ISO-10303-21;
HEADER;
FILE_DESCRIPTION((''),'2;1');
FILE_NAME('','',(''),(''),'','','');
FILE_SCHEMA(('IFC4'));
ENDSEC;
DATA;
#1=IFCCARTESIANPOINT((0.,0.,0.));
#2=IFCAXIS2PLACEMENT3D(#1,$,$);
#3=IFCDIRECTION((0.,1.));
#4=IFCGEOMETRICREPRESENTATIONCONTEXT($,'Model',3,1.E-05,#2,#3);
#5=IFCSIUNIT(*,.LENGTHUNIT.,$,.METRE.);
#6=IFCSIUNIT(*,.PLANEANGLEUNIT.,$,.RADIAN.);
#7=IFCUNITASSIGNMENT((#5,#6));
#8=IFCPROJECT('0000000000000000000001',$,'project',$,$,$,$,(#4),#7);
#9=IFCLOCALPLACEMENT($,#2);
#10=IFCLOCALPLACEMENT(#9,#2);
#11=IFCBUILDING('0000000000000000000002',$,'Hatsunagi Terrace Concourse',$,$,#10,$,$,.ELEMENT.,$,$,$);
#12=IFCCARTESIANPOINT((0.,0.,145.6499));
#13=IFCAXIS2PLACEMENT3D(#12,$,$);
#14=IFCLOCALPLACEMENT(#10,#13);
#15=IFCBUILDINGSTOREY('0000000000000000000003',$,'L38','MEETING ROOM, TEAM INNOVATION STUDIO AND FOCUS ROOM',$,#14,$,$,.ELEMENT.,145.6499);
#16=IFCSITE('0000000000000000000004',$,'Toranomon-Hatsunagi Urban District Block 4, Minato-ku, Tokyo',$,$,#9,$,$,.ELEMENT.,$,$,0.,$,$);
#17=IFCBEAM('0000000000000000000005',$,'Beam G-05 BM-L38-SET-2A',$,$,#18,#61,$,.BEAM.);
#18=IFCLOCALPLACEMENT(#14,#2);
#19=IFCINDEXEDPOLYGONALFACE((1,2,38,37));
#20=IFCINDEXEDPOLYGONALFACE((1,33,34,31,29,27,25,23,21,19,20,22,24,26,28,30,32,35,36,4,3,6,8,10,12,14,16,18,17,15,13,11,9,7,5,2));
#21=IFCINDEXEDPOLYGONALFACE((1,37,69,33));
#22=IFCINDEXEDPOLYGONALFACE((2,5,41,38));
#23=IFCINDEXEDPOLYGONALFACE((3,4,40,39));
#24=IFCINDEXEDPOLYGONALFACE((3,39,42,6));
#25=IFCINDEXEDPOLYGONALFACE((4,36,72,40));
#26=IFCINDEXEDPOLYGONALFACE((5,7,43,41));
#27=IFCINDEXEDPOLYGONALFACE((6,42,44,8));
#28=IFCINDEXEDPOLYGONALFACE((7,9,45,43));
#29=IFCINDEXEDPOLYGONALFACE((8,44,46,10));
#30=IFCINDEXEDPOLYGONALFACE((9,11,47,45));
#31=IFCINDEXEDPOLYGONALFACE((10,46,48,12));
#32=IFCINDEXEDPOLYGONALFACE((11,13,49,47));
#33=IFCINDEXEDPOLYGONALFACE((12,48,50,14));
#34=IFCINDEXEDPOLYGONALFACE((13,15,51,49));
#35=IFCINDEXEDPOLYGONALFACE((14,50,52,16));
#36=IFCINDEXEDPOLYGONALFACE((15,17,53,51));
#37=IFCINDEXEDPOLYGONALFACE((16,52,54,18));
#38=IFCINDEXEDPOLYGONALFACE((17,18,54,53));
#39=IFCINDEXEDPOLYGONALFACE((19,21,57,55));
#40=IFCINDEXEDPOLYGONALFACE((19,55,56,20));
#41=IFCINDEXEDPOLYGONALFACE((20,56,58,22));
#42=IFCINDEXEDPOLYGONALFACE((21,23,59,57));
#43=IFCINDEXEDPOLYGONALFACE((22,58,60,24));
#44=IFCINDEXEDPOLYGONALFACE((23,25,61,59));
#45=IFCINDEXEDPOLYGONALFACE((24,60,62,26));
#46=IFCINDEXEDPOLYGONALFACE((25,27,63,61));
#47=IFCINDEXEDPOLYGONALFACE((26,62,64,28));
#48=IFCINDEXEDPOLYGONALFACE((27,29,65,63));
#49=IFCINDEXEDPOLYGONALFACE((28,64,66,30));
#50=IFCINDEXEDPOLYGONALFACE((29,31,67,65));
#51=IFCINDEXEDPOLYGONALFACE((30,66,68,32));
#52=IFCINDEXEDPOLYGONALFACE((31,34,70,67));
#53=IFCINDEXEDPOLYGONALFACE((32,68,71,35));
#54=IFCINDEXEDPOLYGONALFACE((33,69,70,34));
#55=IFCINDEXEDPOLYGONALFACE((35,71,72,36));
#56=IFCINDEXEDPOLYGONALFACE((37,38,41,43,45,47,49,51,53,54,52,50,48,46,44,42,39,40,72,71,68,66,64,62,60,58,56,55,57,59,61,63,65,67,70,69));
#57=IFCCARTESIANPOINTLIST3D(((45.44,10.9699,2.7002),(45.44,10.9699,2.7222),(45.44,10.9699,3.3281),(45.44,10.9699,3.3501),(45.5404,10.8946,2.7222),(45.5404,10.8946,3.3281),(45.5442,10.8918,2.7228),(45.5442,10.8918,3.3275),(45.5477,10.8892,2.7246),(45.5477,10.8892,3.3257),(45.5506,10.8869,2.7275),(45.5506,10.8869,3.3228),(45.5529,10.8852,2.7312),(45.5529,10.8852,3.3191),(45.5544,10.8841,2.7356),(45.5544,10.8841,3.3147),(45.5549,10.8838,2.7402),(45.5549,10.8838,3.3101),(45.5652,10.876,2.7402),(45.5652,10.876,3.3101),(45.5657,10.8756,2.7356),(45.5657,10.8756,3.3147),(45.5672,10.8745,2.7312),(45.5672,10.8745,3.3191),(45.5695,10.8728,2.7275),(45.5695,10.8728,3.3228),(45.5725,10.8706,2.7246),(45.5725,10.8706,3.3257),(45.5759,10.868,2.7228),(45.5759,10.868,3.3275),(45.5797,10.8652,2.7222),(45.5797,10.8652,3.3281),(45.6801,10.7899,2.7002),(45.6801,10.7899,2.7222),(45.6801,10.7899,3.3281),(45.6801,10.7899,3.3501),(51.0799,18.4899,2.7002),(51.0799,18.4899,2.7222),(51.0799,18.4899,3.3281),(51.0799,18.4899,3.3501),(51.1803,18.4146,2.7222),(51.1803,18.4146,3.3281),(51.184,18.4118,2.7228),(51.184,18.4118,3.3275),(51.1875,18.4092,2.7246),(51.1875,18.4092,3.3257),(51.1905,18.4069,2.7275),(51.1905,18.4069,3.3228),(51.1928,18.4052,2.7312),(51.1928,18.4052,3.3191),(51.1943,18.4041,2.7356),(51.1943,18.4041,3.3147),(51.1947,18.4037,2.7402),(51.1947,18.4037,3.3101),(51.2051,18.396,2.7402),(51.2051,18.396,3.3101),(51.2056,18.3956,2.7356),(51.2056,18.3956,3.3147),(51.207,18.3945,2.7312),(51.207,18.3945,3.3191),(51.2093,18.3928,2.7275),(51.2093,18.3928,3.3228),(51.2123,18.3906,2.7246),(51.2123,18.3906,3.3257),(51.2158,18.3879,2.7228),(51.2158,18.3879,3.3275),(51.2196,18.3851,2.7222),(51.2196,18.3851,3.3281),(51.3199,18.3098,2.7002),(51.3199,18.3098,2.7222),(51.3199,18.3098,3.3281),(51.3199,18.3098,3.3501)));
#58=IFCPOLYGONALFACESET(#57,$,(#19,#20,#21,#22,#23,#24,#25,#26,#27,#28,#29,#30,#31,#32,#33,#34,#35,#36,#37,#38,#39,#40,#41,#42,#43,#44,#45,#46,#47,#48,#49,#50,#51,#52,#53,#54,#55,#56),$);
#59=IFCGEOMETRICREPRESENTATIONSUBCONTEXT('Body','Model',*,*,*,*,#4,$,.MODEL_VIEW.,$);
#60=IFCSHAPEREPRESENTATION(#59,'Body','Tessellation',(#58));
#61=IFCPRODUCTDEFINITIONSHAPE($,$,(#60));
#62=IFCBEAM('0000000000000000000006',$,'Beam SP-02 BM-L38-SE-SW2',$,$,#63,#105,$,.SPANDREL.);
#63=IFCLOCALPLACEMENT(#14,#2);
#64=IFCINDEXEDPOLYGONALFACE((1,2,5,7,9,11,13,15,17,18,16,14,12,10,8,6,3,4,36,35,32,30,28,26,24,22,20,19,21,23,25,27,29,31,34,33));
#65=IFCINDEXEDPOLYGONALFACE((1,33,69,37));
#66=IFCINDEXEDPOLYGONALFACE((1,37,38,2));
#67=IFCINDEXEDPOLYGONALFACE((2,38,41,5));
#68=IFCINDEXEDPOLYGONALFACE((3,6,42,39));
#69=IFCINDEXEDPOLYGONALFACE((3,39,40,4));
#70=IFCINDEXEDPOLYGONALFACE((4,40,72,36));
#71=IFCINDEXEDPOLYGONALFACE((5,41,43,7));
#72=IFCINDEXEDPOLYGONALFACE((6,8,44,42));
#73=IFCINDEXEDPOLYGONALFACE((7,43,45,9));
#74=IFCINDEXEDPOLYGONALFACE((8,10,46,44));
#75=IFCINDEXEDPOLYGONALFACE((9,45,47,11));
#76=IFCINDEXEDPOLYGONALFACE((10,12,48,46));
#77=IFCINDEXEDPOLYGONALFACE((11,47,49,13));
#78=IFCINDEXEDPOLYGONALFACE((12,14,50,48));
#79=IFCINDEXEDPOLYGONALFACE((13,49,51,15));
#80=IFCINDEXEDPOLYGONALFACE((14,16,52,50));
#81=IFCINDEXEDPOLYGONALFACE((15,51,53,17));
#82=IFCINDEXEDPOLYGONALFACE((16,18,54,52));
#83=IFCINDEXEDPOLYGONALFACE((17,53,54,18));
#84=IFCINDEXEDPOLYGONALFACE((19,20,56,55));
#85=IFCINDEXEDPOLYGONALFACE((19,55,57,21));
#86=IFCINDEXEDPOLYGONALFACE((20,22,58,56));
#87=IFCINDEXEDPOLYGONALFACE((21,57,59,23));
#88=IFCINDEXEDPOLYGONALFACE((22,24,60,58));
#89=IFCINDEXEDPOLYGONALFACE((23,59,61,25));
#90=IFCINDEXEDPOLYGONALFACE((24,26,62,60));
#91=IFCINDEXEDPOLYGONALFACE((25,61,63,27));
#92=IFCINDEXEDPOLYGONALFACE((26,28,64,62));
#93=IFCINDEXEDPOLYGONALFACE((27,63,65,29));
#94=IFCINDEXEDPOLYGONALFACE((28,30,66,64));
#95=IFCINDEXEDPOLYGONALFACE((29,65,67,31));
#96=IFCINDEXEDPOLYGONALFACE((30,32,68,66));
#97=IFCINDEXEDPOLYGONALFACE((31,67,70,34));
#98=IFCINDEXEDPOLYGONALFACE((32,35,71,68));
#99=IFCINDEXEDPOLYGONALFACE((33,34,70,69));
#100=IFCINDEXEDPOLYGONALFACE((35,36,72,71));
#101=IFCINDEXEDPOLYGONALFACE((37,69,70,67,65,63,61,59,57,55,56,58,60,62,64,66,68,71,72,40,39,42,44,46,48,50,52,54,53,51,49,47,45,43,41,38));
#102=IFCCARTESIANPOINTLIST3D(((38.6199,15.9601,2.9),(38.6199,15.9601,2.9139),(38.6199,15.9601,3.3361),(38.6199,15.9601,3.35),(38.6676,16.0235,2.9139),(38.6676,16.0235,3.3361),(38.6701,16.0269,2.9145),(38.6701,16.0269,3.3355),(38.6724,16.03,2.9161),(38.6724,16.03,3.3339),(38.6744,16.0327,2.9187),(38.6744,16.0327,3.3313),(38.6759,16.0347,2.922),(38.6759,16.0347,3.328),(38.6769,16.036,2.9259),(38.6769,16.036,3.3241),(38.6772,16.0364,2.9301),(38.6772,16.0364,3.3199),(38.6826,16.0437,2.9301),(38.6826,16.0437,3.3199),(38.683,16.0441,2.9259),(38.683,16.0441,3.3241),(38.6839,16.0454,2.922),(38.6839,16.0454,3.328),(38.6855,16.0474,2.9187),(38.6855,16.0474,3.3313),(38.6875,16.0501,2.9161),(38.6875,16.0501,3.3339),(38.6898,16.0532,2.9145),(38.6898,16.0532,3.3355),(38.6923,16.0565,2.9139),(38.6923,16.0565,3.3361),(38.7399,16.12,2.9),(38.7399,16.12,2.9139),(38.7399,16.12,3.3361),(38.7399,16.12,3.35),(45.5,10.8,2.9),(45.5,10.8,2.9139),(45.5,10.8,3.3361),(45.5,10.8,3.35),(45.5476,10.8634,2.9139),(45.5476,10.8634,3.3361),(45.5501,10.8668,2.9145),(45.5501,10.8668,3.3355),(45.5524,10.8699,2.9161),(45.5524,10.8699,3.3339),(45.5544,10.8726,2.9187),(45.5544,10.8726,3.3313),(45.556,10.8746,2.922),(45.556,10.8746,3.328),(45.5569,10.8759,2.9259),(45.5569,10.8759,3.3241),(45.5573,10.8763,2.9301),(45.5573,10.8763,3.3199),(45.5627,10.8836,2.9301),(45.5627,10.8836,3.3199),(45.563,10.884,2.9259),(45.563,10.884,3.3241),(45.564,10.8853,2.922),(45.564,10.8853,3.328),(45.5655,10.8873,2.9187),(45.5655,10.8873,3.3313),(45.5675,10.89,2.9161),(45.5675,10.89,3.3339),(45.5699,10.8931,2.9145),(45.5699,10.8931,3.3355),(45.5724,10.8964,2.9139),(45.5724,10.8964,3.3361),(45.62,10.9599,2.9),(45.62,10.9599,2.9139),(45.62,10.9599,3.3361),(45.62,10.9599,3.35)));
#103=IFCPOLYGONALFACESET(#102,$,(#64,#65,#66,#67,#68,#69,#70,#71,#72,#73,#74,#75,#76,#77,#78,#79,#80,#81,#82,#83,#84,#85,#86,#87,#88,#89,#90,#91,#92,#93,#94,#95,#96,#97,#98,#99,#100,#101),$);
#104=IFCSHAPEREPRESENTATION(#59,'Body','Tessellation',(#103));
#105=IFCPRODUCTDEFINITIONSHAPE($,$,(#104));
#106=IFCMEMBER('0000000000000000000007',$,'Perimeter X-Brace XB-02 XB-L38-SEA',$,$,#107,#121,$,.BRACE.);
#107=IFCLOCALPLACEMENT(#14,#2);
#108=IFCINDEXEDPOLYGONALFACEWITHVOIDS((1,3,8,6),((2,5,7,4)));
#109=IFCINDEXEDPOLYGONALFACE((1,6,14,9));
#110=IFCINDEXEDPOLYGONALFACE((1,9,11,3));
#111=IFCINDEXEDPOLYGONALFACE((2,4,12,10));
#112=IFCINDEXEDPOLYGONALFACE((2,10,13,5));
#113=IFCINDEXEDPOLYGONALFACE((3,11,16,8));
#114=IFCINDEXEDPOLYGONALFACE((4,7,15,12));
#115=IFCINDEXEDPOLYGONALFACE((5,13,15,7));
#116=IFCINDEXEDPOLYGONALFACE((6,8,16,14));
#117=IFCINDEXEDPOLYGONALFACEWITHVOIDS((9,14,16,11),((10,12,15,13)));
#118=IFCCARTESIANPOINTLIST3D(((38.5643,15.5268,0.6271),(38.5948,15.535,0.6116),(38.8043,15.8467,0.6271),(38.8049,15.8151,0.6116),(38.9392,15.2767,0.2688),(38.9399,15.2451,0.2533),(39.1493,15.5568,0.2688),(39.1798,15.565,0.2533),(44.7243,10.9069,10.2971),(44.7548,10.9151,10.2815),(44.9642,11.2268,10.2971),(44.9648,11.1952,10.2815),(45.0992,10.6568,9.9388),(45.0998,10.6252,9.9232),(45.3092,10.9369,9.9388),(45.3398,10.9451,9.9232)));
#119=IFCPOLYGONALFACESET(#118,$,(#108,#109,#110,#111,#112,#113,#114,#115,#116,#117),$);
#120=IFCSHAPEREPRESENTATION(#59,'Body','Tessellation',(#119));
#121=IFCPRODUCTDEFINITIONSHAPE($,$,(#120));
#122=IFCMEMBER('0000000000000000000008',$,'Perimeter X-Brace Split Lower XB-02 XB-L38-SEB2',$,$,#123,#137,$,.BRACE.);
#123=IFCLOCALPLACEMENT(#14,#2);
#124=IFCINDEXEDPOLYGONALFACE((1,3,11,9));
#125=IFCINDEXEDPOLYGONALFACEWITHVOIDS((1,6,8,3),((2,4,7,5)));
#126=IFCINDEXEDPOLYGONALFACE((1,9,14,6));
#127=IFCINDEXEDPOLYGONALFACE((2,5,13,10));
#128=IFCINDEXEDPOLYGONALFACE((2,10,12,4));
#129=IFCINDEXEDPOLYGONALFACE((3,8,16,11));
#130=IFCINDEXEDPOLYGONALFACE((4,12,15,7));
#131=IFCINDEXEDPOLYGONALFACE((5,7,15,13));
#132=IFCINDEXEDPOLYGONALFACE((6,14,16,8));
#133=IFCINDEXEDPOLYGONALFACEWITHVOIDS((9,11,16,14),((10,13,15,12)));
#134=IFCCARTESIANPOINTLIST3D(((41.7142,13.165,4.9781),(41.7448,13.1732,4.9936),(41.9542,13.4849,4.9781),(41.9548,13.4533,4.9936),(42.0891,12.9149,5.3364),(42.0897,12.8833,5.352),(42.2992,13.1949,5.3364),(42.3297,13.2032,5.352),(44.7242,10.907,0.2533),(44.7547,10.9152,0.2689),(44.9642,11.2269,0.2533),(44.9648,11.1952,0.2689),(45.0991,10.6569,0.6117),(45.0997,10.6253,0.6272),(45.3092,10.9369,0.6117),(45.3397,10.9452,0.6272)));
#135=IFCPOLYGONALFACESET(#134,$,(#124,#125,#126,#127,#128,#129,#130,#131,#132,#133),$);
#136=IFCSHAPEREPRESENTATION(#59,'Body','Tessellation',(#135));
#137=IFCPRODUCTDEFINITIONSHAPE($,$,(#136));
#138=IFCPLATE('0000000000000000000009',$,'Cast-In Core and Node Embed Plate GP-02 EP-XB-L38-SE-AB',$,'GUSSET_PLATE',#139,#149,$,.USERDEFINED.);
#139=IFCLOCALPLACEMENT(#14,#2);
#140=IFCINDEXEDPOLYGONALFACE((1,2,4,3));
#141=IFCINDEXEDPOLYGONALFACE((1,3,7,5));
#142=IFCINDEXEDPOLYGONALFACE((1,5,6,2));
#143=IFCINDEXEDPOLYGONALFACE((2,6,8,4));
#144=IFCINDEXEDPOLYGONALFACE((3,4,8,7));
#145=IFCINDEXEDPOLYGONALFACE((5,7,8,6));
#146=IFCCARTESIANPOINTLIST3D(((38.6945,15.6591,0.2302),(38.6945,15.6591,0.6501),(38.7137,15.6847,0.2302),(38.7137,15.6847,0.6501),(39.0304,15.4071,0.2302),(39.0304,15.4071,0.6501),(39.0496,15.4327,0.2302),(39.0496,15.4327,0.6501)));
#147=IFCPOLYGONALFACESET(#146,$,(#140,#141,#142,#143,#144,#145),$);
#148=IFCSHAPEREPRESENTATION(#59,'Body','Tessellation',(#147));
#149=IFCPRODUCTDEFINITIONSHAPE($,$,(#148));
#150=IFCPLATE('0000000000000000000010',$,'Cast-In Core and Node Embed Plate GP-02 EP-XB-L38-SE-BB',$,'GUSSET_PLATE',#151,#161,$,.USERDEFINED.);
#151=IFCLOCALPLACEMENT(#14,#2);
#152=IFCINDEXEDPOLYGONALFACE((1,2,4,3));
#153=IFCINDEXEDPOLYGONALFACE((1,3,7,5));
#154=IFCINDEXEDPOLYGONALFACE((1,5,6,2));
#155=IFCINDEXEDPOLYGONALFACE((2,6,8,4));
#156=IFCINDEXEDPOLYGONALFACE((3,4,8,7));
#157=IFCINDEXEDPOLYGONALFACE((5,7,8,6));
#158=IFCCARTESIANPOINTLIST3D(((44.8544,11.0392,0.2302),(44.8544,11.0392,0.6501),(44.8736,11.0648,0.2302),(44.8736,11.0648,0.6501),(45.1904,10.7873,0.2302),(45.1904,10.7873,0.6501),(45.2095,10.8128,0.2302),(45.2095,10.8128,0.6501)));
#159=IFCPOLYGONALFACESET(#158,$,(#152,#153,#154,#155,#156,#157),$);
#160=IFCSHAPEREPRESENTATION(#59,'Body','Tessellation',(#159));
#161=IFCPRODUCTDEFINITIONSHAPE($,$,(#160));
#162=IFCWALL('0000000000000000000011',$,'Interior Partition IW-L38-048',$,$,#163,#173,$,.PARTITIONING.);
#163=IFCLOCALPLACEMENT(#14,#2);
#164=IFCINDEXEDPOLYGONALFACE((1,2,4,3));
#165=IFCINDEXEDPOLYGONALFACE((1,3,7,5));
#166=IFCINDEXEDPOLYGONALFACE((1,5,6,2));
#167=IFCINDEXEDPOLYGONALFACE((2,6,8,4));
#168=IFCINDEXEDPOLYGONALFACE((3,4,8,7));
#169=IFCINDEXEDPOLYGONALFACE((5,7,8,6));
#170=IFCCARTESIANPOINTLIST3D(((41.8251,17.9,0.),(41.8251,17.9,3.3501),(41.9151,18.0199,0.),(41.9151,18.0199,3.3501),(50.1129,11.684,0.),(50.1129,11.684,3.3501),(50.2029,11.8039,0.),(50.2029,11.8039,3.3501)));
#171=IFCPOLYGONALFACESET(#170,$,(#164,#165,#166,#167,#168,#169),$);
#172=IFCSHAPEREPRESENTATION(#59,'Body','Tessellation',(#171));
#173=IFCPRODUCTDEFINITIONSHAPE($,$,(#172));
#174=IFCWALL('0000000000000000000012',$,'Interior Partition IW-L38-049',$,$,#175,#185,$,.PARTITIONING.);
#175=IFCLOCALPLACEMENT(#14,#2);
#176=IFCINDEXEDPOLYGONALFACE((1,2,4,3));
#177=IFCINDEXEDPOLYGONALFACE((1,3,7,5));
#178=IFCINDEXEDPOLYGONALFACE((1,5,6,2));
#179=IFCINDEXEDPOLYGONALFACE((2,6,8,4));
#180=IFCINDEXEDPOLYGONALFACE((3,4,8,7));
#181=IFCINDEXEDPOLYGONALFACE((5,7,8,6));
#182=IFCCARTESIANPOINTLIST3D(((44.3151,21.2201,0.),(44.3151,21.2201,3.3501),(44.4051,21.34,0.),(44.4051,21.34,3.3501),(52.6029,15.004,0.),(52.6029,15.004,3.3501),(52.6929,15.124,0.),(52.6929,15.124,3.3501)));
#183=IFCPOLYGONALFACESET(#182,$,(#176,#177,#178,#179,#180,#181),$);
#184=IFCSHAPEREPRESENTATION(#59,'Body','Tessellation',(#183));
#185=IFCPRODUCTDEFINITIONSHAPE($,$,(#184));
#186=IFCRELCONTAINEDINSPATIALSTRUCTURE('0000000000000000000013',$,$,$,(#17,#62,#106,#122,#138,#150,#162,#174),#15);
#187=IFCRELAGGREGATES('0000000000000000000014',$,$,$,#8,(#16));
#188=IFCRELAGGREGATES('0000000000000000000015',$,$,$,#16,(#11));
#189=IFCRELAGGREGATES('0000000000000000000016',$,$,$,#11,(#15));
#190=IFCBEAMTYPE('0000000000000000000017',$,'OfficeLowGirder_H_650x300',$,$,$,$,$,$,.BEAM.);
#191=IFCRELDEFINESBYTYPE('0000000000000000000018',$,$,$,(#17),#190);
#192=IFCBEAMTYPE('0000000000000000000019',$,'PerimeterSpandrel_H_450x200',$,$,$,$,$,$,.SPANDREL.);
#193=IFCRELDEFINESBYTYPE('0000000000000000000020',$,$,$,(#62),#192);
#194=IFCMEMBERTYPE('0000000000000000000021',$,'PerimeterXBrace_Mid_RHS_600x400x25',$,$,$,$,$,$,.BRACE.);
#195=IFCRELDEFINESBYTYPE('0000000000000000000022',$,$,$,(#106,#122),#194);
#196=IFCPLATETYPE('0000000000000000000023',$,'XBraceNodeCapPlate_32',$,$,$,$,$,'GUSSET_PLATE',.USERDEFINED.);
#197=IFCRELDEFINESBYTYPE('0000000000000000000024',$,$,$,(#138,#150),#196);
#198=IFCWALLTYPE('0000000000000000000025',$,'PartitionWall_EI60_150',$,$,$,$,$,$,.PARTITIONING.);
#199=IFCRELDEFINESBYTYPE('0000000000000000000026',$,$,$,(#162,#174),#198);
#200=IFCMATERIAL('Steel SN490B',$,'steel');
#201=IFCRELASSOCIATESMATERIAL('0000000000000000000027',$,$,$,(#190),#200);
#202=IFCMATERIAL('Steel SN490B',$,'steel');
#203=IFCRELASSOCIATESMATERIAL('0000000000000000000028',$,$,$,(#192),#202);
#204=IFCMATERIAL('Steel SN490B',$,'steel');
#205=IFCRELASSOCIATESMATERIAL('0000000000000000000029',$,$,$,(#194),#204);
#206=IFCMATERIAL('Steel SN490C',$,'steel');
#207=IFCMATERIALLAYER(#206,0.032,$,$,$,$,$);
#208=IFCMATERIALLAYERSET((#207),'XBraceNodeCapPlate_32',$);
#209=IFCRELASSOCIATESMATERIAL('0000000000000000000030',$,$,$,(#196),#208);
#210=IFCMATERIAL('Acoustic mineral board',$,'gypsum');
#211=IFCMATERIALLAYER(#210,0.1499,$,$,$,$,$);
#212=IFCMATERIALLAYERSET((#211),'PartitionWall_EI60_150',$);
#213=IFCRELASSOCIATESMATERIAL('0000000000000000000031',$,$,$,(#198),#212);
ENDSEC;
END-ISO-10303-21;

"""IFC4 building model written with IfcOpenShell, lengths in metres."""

from ifc_helpers import new_model, si_unit, direction, frame, frame_2d, origin, origin_2d, place, context, subcontext, project, spatial, rectangle, hollow_rectangle, i_section, extrude, material, layer, layer_set, material_profile, profile_set, type_object, element, save


model = new_model("IFC4")

# Units and contexts
model_context = context("Model", 3, precision=1e-05, world=origin(), true_north=direction((0.0, 1.0)))
body_context = subcontext(model_context, "Body", "Model", "MODEL_VIEW")
ifc_project = project(units=[si_unit("LENGTHUNIT", "METRE"), si_unit("PLANEANGLEUNIT", "RADIAN")], contexts=[model_context])

# Site, building, storey
site_placement = place(None, origin())
site = spatial("IfcSite", under=ifc_project, at=site_placement, Name="Toranomon-Hatsunagi Urban District Block 4, Minato-ku, Tokyo", CompositionType="ELEMENT", RefElevation=0.0)
building_placement = place(site_placement, origin())
building = spatial("IfcBuilding", under=site, at=building_placement, Name="Hatsunagi Terrace Concourse", CompositionType="ELEMENT")
storey_placement = place(building_placement, frame((0.0, 0.0, 145.6499)))
storey = spatial("IfcBuildingStorey", under=building, at=storey_placement, Name="L38", Description="MEETING ROOM, TEAM INNOVATION STUDIO AND FOCUS ROOM", CompositionType="ELEMENT", Elevation=145.6499)

# Beams
ifc_material_1 = material(Name="Steel SN490B", Category="steel")
ifc_material_profile_1 = material_profile(ifc_material_1, i_section(OverallWidth=0.3, OverallDepth=0.6499, WebThickness=0.0129, FlangeThickness=0.022, FilletRadius=0.0181, at=origin_2d()), Name="H-650x300x13x22")
ifc_profile_set_1 = profile_set([ifc_material_profile_1], Name="Steel SN490B")
beam_type_1 = type_object("IfcBeamType", Name="OfficeLowGirder_H_650x300", PredefinedType="BEAM", material=ifc_profile_set_1)
beam_1_placement = place(storey_placement, frame((45.5601, 10.8799, 3.0251), z_axis=(0.599992, 0.800006, 0.0), x_axis=(-0.800006, 0.599992, 0.0)))
element("IfcBeam", 1, at=beam_1_placement, inside=storey, type_object=beam_type_1, Name="Beam G-05 BM-L38-SET-2A", PredefinedType="BEAM", context=body_context, shape_type="SweptSolid", body=[
    extrude(i_section(OverallWidth=0.3, OverallDepth=0.6499, WebThickness=0.0129, FlangeThickness=0.022, FilletRadius=0.0181, at=origin_2d()), origin(), (0.0, 0.0, 1.0), 9.3999),
])
ifc_material_2 = material(Name="Steel SN490B", Category="steel")
ifc_material_profile_2 = material_profile(ifc_material_2, i_section(OverallWidth=0.2, OverallDepth=0.45, WebThickness=0.009, FlangeThickness=0.0139, FilletRadius=0.0161, at=origin_2d()), Name="H-450x200x9x14")
ifc_profile_set_2 = profile_set([ifc_material_profile_2], Name="Steel SN490B")
beam_type_2 = type_object("IfcBeamType", Name="PerimeterSpandrel_H_450x200", PredefinedType="SPANDREL", material=ifc_profile_set_2)
beam_2_placement = place(storey_placement, frame((38.6799, 16.04, 3.125), z_axis=(0.799997, -0.600005, 0.0), x_axis=(0.600005, 0.799997, 0.0)))
element("IfcBeam", 2, at=beam_2_placement, inside=storey, type_object=beam_type_2, Name="Beam SP-02 BM-L38-SE-SW2", PredefinedType="SPANDREL", context=body_context, shape_type="SweptSolid", body=[
    extrude(i_section(OverallWidth=0.2, OverallDepth=0.45, WebThickness=0.009, FlangeThickness=0.0139, FilletRadius=0.0161, at=origin_2d()), origin(), (0.0, 0.0, 1.0), 8.6001),
])

# Members
ifc_material_3 = material(Name="Steel SN490B", Category="steel")
ifc_material_profile_3 = material_profile(ifc_material_3, hollow_rectangle(XDim=0.3999, YDim=0.6001, WallThickness=0.0249, at=origin_2d()), Name="RHS-600x400x25")
ifc_profile_set_3 = profile_set([ifc_material_profile_3], Name="Steel SN490B")
member_type = type_object("IfcMemberType", Name="PerimeterXBrace_Mid_RHS_600x400x25", PredefinedType="BRACE", material=ifc_profile_set_3)
member_1_placement = place(storey_placement, frame((38.8721, 15.5459, 0.4402), z_axis=(0.498333, -0.373745, 0.782291), x_axis=(0.599995, 0.800004, 0.0)))
element("IfcMember", 3, at=member_1_placement, inside=storey, type_object=member_type, Name="Perimeter X-Brace XB-02 XB-L38-SEA", PredefinedType="BRACE", context=body_context, shape_type="SweptSolid", body=[
    extrude(hollow_rectangle(XDim=0.3999, YDim=0.6001, WallThickness=0.0249, at=origin_2d()), origin(), (0.0, 0.0, 1.0), 12.3611),
])
member_2_placement = place(storey_placement, frame((42.022, 13.1841, 5.165), z_axis=(0.498335, -0.373842, -0.782243), x_axis=(0.600093, 0.79993, 0.0)))
element("IfcMember", 4, at=member_2_placement, inside=storey, type_object=member_type, Name="Perimeter X-Brace Split Lower XB-02 XB-L38-SEB2", PredefinedType="BRACE", context=body_context, shape_type="SweptSolid", body=[
    extrude(hollow_rectangle(XDim=0.3999, YDim=0.6001, WallThickness=0.0249, at=origin_2d()), origin(), (0.0, 0.0, 1.0), 6.04),
])

# Plates
ifc_material_4 = material(Name="Steel SN490C", Category="steel")
ifc_layer_1 = layer(ifc_material_4, 0.032)
ifc_layer_set_1 = layer_set([ifc_layer_1], Name="XBraceNodeCapPlate_32")
plate_type = type_object("IfcPlateType", Name="XBraceNodeCapPlate_32", ElementType="GUSSET_PLATE", PredefinedType="USERDEFINED", material=ifc_layer_set_1)
for number, where, z_axis, x_axis, name in (
    (5, (38.8721, 15.5459, 0.2302), (0.0, 0.0, 1.0), (0.8, -0.6, 0.0), "Cast-In Core and Node Embed Plate GP-02 EP-XB-L38-SE-AB"),
    (6, (45.032, 10.926, 0.2302), (0.0, 0.0, 1.0), (0.8, -0.6, 0.0), "Cast-In Core and Node Embed Plate GP-02 EP-XB-L38-SE-BB"),
):
    element("IfcPlate", number, at=place(storey_placement, frame(where, z_axis=z_axis, x_axis=x_axis)), inside=storey, type_object=plate_type, Name=name, ObjectType="GUSSET_PLATE", PredefinedType="USERDEFINED", context=body_context, shape_type="SweptSolid", body=[
        extrude(rectangle(XDim=0.4199, YDim=0.032, at=origin_2d()), origin(), (0.0, 0.0, 1.0), 0.4199),
    ])

# Walls
ifc_material_5 = material(Name="Acoustic mineral board", Category="gypsum")
ifc_layer_2 = layer(ifc_material_5, 0.1499)
ifc_layer_set_2 = layer_set([ifc_layer_2], Name="PartitionWall_EI60_150")
wall_type_1 = type_object("IfcWallType", Name="PartitionWall_EI60_150", PredefinedType="PARTITIONING", material=ifc_layer_set_2)
for number, where, z_axis, x_axis, name in (
    (7, (41.8701, 17.96, 0.0), (0.0, 0.0, 1.0), (0.799992, -0.600011, 0.0), "Interior Partition IW-L38-048"),
    (8, (44.3601, 21.28, 0.0), (0.0, 0.0, 1.0), (0.799992, -0.600011, 0.0), "Interior Partition IW-L38-049"),
):
    element("IfcWall", number, at=place(storey_placement, frame(where, z_axis=z_axis, x_axis=x_axis)), inside=storey, type_object=wall_type_1, Name=name, PredefinedType="PARTITIONING", context=body_context, shape_type="SweptSolid", body=[
        extrude(rectangle(XDim=10.3599, YDim=0.1499, at=frame_2d((5.1799, 0.0))), origin(), (0.0, 0.0, 1.0), 3.3501),
    ])

save(model, "model.ifc")
